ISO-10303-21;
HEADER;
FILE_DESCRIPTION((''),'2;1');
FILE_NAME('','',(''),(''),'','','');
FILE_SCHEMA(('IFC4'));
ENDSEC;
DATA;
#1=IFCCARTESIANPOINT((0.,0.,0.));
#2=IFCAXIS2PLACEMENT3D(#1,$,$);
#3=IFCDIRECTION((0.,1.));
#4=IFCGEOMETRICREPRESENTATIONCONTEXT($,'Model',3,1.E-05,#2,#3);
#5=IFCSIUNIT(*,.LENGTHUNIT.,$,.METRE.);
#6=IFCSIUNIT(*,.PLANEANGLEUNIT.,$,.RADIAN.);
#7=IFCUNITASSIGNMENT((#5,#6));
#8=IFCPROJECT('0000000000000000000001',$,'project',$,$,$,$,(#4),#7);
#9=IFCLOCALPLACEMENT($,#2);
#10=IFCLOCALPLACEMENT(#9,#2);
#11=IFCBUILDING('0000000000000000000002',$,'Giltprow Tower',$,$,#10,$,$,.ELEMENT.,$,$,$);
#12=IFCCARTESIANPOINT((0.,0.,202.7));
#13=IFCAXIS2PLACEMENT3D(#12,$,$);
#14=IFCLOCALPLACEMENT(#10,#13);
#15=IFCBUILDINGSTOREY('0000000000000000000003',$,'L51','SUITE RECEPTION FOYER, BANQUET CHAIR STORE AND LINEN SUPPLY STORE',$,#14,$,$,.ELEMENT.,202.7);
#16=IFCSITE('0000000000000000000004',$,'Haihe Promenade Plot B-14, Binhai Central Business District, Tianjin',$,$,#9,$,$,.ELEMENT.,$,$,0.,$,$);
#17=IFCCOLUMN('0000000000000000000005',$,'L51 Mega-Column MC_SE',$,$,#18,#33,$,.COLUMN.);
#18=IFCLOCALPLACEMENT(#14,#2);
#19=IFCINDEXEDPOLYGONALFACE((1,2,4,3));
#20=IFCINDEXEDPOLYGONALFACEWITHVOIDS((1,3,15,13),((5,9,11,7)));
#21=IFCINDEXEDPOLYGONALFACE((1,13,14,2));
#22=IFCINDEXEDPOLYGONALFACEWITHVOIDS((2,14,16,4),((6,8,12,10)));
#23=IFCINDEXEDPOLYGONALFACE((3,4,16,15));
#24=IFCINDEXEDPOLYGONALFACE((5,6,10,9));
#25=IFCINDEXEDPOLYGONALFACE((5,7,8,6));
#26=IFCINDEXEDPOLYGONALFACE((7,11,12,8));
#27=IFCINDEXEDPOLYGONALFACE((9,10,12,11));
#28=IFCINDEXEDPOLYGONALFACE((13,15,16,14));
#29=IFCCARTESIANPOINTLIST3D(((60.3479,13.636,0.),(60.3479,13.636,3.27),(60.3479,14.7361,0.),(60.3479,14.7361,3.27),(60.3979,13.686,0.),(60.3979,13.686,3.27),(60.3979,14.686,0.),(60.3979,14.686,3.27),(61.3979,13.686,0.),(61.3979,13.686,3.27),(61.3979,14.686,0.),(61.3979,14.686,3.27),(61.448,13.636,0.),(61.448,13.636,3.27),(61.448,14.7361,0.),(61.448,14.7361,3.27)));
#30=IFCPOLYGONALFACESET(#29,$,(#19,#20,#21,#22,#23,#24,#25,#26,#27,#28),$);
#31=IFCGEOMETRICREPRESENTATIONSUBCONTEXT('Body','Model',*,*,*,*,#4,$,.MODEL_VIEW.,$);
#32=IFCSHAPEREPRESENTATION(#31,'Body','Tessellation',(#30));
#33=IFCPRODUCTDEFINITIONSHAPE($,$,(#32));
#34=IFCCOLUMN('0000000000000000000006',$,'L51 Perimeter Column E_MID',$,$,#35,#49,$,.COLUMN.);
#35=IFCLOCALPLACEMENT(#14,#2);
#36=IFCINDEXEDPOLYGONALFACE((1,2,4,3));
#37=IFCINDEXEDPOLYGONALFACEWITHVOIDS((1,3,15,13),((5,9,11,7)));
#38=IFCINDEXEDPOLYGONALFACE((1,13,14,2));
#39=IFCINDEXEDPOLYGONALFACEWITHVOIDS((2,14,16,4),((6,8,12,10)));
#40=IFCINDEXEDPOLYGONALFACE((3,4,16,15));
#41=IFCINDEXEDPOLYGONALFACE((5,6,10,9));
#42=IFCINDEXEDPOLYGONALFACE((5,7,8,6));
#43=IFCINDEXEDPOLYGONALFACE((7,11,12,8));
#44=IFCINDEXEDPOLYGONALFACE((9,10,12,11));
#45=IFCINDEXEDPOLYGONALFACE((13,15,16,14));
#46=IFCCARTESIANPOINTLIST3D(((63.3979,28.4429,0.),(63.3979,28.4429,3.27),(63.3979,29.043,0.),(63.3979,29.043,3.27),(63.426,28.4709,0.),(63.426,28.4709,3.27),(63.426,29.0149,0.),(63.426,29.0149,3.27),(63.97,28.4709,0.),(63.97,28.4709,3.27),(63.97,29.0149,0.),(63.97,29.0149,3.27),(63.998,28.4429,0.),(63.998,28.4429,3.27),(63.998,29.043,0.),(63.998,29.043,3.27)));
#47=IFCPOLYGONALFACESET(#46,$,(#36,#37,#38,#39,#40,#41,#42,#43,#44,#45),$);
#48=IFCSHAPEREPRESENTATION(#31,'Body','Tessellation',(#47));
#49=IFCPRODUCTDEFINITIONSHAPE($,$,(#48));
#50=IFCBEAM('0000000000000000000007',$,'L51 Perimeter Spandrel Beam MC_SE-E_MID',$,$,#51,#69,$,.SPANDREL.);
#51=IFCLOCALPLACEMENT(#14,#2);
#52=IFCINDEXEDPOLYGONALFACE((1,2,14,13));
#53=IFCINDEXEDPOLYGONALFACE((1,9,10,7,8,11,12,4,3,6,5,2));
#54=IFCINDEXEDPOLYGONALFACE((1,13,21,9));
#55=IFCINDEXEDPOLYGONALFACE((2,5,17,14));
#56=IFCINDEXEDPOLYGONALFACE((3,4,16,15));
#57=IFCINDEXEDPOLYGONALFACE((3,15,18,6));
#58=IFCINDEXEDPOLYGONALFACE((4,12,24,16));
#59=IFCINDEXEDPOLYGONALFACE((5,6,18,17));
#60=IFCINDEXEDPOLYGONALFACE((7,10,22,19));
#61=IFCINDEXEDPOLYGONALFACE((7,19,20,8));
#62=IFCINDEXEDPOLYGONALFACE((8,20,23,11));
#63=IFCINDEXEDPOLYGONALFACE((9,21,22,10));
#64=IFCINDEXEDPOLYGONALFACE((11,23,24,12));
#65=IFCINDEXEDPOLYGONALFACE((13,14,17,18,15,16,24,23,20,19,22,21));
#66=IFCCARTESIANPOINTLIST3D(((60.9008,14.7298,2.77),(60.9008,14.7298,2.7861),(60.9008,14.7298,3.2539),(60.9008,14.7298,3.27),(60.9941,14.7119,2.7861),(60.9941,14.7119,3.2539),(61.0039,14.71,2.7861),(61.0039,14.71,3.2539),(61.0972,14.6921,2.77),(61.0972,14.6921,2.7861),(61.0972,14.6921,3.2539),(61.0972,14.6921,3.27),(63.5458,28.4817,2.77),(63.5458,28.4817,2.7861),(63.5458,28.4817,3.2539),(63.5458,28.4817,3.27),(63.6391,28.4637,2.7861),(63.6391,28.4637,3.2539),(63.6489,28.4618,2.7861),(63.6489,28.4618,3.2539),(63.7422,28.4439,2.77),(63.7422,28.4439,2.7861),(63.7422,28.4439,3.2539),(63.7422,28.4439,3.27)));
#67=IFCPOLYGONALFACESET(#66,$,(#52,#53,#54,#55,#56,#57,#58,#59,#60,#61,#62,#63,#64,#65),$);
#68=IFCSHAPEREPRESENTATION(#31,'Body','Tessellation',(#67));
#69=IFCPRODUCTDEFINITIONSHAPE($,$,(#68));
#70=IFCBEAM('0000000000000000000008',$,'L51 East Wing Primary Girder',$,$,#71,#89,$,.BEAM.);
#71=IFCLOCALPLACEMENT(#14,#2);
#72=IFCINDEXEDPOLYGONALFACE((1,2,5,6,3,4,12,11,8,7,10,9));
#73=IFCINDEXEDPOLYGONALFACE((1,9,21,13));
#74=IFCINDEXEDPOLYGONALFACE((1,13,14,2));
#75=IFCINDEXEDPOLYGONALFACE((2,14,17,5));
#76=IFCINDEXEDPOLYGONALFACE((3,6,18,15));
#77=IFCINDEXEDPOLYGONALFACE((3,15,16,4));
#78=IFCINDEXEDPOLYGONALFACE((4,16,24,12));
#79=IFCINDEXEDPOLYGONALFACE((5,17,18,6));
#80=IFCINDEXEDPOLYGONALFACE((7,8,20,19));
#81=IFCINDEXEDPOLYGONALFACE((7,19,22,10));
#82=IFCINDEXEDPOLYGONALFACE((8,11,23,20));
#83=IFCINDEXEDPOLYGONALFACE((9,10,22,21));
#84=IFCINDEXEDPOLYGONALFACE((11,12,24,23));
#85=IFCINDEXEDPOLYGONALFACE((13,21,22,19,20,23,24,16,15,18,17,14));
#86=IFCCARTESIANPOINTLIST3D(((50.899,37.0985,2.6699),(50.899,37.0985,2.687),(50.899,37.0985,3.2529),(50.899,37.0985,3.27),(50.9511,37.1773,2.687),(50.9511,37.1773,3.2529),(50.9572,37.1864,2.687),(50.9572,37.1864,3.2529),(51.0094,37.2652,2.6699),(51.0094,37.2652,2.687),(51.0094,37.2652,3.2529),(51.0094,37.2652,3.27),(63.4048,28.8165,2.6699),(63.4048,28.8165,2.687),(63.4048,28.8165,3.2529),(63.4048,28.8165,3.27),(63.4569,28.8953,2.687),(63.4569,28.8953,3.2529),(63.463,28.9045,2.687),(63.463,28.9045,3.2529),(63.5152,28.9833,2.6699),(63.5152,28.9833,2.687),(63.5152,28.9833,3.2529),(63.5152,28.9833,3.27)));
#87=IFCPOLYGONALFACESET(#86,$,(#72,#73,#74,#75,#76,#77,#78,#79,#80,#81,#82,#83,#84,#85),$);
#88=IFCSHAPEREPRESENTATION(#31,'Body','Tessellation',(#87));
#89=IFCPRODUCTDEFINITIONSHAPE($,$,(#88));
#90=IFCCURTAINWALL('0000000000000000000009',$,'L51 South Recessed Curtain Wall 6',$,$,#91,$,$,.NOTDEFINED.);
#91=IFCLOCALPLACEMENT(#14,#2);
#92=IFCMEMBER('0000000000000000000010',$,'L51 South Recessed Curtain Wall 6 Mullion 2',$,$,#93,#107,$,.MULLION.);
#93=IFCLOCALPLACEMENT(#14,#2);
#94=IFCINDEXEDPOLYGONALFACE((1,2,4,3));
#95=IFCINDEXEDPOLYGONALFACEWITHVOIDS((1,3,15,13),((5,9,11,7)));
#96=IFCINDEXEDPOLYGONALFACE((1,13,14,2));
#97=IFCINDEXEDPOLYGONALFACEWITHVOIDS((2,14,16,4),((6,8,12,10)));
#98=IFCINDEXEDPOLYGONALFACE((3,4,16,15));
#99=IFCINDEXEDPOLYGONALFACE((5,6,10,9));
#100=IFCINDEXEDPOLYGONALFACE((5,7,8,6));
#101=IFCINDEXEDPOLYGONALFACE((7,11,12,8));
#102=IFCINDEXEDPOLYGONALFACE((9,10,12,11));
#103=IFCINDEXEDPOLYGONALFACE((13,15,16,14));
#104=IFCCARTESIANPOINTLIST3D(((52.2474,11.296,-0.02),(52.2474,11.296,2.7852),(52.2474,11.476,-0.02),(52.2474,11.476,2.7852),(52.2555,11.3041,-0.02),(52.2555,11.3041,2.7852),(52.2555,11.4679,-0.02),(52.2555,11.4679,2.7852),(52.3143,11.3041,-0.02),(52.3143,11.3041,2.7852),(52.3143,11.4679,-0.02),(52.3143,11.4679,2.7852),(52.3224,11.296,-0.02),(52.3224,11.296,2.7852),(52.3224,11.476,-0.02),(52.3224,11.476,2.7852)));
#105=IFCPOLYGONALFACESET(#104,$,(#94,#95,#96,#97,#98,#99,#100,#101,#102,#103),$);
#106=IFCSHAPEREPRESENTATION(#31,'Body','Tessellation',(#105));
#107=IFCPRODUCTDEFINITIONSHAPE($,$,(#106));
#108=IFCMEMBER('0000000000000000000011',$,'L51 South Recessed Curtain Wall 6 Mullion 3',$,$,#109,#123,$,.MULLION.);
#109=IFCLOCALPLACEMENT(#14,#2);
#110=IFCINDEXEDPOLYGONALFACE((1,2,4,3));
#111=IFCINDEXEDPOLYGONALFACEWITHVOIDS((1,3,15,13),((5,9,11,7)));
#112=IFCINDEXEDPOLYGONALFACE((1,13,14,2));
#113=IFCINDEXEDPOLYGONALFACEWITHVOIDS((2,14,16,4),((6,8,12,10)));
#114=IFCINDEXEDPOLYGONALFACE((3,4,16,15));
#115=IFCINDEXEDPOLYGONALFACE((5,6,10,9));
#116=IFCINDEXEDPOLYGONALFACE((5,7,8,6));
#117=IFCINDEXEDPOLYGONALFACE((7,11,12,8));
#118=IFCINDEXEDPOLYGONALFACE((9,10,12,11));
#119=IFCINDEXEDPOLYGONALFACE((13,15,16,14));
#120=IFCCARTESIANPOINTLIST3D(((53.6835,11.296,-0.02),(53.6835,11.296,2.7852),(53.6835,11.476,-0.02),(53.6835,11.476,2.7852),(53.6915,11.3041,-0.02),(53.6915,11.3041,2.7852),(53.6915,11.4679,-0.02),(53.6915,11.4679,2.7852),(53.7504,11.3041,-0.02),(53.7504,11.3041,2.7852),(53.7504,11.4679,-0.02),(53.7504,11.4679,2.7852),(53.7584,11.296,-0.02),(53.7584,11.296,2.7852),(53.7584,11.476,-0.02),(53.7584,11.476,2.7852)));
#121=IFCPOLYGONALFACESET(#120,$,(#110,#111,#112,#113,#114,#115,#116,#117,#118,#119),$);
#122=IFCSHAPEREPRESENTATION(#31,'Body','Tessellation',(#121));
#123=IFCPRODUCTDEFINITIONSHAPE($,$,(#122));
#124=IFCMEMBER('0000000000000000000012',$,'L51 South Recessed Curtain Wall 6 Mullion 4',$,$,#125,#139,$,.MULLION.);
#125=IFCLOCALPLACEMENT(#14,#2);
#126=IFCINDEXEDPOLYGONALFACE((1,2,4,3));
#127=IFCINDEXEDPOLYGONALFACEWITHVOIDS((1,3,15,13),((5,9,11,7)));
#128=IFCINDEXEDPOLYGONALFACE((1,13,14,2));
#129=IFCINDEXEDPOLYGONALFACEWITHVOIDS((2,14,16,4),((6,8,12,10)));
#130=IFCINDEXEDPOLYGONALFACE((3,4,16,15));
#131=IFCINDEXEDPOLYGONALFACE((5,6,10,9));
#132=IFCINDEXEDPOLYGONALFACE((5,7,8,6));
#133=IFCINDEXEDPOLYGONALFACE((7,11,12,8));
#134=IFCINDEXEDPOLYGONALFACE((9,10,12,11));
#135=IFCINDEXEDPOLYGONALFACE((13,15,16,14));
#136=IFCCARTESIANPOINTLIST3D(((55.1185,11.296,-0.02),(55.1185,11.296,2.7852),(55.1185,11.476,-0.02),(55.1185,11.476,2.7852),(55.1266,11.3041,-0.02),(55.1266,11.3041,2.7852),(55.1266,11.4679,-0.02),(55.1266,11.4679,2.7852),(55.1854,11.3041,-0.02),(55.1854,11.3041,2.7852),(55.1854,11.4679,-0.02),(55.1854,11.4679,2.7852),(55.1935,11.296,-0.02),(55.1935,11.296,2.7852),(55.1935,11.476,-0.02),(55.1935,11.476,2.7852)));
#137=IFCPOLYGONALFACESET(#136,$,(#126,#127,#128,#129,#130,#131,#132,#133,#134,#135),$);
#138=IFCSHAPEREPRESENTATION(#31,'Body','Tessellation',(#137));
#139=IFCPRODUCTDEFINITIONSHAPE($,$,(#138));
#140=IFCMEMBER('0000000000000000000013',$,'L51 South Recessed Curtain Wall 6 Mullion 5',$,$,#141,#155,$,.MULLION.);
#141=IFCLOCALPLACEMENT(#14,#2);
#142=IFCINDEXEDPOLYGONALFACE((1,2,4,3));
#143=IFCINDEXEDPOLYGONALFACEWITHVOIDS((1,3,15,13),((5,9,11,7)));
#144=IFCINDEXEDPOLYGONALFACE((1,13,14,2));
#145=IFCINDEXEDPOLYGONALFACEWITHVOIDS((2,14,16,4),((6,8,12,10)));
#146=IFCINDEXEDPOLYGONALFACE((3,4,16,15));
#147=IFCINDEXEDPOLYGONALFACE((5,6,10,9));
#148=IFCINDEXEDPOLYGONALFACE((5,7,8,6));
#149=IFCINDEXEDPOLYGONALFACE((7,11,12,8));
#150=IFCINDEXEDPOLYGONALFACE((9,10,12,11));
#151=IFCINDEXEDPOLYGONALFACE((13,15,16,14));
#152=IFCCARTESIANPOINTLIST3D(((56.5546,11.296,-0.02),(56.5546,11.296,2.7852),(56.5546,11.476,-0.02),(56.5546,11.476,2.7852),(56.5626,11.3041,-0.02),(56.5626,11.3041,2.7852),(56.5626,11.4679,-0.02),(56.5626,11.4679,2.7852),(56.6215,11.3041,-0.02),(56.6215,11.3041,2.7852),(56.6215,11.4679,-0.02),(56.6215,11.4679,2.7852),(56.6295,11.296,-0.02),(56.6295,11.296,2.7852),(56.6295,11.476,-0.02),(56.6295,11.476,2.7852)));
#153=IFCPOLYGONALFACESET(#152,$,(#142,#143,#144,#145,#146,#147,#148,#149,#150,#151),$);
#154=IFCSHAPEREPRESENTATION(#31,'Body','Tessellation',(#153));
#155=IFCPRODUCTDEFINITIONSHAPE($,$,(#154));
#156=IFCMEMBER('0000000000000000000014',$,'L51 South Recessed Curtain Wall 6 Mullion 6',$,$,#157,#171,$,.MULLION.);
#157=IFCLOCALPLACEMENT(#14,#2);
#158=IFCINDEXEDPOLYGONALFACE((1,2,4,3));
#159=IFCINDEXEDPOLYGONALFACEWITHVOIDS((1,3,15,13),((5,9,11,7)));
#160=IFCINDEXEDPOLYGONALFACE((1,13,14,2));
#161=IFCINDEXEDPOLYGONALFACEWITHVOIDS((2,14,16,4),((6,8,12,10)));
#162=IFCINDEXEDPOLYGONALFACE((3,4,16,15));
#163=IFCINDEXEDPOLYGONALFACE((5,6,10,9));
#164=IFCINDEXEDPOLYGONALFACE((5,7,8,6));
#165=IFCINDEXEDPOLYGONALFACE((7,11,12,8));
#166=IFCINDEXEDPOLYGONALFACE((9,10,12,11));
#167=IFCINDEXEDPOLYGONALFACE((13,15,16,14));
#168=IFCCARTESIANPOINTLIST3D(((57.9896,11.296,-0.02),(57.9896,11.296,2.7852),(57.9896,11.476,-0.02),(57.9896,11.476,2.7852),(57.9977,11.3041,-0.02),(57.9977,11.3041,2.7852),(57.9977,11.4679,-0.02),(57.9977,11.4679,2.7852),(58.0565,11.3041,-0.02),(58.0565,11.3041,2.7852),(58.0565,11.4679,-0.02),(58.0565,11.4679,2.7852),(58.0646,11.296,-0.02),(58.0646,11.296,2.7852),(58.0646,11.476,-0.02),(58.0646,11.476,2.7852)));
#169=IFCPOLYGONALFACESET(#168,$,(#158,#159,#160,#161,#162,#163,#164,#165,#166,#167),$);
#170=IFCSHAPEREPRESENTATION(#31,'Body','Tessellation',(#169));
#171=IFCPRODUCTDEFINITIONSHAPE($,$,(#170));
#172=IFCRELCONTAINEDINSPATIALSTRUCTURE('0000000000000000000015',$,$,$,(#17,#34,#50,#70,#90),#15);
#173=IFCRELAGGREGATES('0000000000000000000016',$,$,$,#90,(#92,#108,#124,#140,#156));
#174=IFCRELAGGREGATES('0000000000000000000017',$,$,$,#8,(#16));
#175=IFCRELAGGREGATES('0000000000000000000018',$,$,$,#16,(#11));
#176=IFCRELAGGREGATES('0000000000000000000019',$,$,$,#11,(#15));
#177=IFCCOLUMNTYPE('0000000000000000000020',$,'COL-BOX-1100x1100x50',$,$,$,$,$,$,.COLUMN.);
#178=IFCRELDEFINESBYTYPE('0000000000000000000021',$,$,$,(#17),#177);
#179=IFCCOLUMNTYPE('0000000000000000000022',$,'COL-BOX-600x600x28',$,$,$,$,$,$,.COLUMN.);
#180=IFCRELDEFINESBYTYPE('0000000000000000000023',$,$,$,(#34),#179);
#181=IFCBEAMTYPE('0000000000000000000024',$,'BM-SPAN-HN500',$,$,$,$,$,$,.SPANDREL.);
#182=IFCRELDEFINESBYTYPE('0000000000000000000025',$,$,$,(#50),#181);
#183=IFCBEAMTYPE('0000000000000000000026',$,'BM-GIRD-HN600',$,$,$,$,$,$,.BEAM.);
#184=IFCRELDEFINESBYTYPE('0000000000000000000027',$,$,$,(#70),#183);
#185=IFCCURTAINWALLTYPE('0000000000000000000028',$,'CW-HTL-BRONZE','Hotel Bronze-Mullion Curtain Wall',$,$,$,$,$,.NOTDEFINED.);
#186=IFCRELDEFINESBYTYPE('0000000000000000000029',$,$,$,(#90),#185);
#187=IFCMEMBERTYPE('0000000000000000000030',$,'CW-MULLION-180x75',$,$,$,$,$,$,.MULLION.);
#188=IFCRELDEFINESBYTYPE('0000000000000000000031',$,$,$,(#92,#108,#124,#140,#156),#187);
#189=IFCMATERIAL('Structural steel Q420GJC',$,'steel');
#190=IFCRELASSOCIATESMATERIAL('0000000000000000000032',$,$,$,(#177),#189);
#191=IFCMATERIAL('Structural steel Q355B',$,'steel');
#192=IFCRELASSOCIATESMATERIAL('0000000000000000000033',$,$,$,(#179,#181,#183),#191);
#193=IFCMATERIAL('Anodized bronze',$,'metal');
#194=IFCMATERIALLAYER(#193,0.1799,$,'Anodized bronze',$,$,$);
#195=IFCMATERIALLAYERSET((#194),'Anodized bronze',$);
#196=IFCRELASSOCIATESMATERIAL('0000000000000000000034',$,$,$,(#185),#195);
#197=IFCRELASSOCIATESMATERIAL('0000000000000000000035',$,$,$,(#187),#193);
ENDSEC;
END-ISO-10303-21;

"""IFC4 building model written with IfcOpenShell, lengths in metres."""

from ifc_helpers import new_model, si_unit, direction, frame, origin, origin_2d, place, context, subcontext, project, spatial, hollow_rectangle, i_section, extrude, source, transform, mapped, material, layer, layer_set, material_profile, profile_set, type_object, element, aggregate, save


model = new_model("IFC4")

# Units and contexts
model_context = context("Model", 3, precision=1e-05, world=origin(), true_north=direction((0.0, 1.0)))
body_context = subcontext(model_context, "Body", "Model", "MODEL_VIEW")
ifc_project = project(units=[si_unit("LENGTHUNIT", "METRE"), si_unit("PLANEANGLEUNIT", "RADIAN")], contexts=[model_context])

# Site, building, storey
site_placement = place(None, origin())
site = spatial("IfcSite", under=ifc_project, at=site_placement, Name="Haihe Promenade Plot B-14, Binhai Central Business District, Tianjin", CompositionType="ELEMENT", RefElevation=0.0)
building_placement = place(site_placement, origin())
building = spatial("IfcBuilding", under=site, at=building_placement, Name="Giltprow Tower", CompositionType="ELEMENT")
storey_placement = place(building_placement, frame((0.0, 0.0, 202.7)))
storey = spatial("IfcBuildingStorey", under=building, at=storey_placement, Name="L51", Description="SUITE RECEPTION FOYER, BANQUET CHAIR STORE AND LINEN SUPPLY STORE", CompositionType="ELEMENT", Elevation=202.7)

# Columns
ifc_material_1 = material(Name="Structural steel Q420GJC", Category="steel")
ifc_material_profile_1 = material_profile(ifc_material_1, hollow_rectangle(XDim=1.1001, YDim=1.1001, WallThickness=0.05, at=origin_2d()), Name="BOX 1100x1100x50")
ifc_profile_set_1 = profile_set([ifc_material_profile_1], Name="Structural steel Q420GJC")
column_type_1 = type_object("IfcColumnType", Name="COL-BOX-1100x1100x50", PredefinedType="COLUMN", material=ifc_profile_set_1)
shared_shape_1 = source(origin(), body_context, "Body", "SweptSolid", [
    extrude(hollow_rectangle(XDim=1.1001, YDim=1.1001, WallThickness=0.05, at=origin_2d()), origin(), (0.0, 0.0, 1.0), 3.27),
])
column_1_placement = place(storey_placement, frame((60.8979, 14.186, 0.0), z_axis=(0.0, 0.0, 1.0), x_axis=(1.0, 0.0, 0.0)))
element("IfcColumn", 1, at=column_1_placement, inside=storey, type_object=column_type_1, Name="L51 Mega-Column MC_SE", PredefinedType="COLUMN", context=body_context, shape_type="MappedRepresentation", body=[
    mapped(shared_shape_1, transform((0.0, 0.0, 0.0), x_axis=(1.0, 0.0, 0.0), y_axis=(0.0, 1.0, 0.0), z_axis=(0.0, 0.0, 1.0), scale=1.0)),
])
ifc_material_2 = material(Name="Structural steel Q355B", Category="steel")
ifc_material_profile_2 = material_profile(ifc_material_2, hollow_rectangle(XDim=0.6001, YDim=0.6001, WallThickness=0.0281, at=origin_2d()), Name="BOX 600x600x28")
ifc_profile_set_2 = profile_set([ifc_material_profile_2], Name="Structural steel Q355B")
column_type_2 = type_object("IfcColumnType", Name="COL-BOX-600x600x28", PredefinedType="COLUMN", material=ifc_profile_set_2)
shared_shape_2 = source(origin(), body_context, "Body", "SweptSolid", [
    extrude(hollow_rectangle(XDim=0.6001, YDim=0.6001, WallThickness=0.0281, at=origin_2d()), origin(), (0.0, 0.0, 1.0), 3.27),
])
column_2_placement = place(storey_placement, frame((63.698, 28.7429, 0.0), z_axis=(0.0, 0.0, 1.0), x_axis=(1.0, 0.0, 0.0)))
element("IfcColumn", 2, at=column_2_placement, inside=storey, type_object=column_type_2, Name="L51 Perimeter Column E_MID", PredefinedType="COLUMN", context=body_context, shape_type="MappedRepresentation", body=[
    mapped(shared_shape_2, transform((0.0, 0.0, 0.0), x_axis=(1.0, 0.0, 0.0), y_axis=(0.0, 1.0, 0.0), z_axis=(0.0, 0.0, 1.0), scale=1.0)),
])

# Beams
ifc_material_profile_3 = material_profile(ifc_material_2, i_section(OverallWidth=0.2, OverallDepth=0.5, WebThickness=0.01, FlangeThickness=0.0161, at=origin_2d()), Name="HN 500x200x10x16")
ifc_profile_set_3 = profile_set([ifc_material_profile_3], Name="Structural steel Q355B")
beam_type_1 = type_object("IfcBeamType", Name="BM-SPAN-HN500", PredefinedType="SPANDREL", material=ifc_profile_set_3)
shared_shape_3 = source(origin(), body_context, "Body", "SweptSolid", [
    extrude(i_section(OverallWidth=0.2, OverallDepth=0.5, WebThickness=0.01, FlangeThickness=0.0161, at=origin_2d()), origin(), (0.0, 0.0, 1.0), 14.0039),
])
beam_1_placement = place(storey_placement, frame((60.999, 14.7109, 3.02), z_axis=(0.188876, 0.982001, 0.0), x_axis=(-0.982001, 0.188876, 0.0)))
element("IfcBeam", 3, at=beam_1_placement, inside=storey, type_object=beam_type_1, Name="L51 Perimeter Spandrel Beam MC_SE-E_MID", PredefinedType="SPANDREL", context=body_context, shape_type="MappedRepresentation", body=[
    mapped(shared_shape_3, transform((0.0, 0.0, 0.0), x_axis=(1.0, 0.0, 0.0), y_axis=(0.0, 1.0, 0.0), z_axis=(0.0, 0.0, 1.0), scale=1.0)),
])
ifc_material_profile_4 = material_profile(ifc_material_2, i_section(OverallWidth=0.2, OverallDepth=0.6001, WebThickness=0.011, FlangeThickness=0.0171, at=origin_2d()), Name="HN 600x200x11x17")
ifc_profile_set_4 = profile_set([ifc_material_profile_4], Name="Structural steel Q355B")
beam_type_2 = type_object("IfcBeamType", Name="BM-GIRD-HN600", PredefinedType="BEAM", material=ifc_profile_set_4)
shared_shape_4 = source(origin(), body_context, "Body", "SweptSolid", [
    extrude(i_section(OverallWidth=0.2, OverallDepth=0.6001, WebThickness=0.011, FlangeThickness=0.0171, at=origin_2d()), origin(), (0.0, 0.0, 1.0), 14.9995),
])
beam_2_placement = place(storey_placement, frame((63.46, 28.8999, 2.97), z_axis=(-0.833747, 0.552147, 0.0), x_axis=(-0.552147, -0.833747, 0.0)))
element("IfcBeam", 4, at=beam_2_placement, inside=storey, type_object=beam_type_2, Name="L51 East Wing Primary Girder", PredefinedType="BEAM", context=body_context, shape_type="MappedRepresentation", body=[
    mapped(shared_shape_4, transform((0.0, 0.0, 0.0), x_axis=(1.0, 0.0, 0.0), y_axis=(0.0, 1.0, 0.0), z_axis=(0.0, 0.0, 1.0), scale=1.0)),
])

# Curtain wall, members
ifc_material_3 = material(Name="Anodized bronze", Category="metal")
ifc_layer_1 = layer(ifc_material_3, 0.1799, Name="Anodized bronze")
ifc_layer_set_1 = layer_set([ifc_layer_1], Name="Anodized bronze")
curtain_wall_type = type_object("IfcCurtainWallType", Name="CW-HTL-BRONZE", Description="Hotel Bronze-Mullion Curtain Wall", PredefinedType="NOTDEFINED", material=ifc_layer_set_1)
curtain_wall_placement = place(storey_placement, origin())
curtain_wall = element("IfcCurtainWall", 5, at=curtain_wall_placement, inside=storey, type_object=curtain_wall_type, Name="L51 South Recessed Curtain Wall 6", PredefinedType="NOTDEFINED")
ifc_material_profile_5 = material_profile(ifc_material_3, hollow_rectangle(XDim=0.075, YDim=0.1799, WallThickness=0.0081, at=origin_2d()), Name="RHS 180x75x8")
ifc_profile_set_5 = profile_set([ifc_material_profile_5], Name="Anodized bronze")
member_type_1 = type_object("IfcMemberType", Name="CW-MULLION-180x75", PredefinedType="MULLION", material=ifc_profile_set_5)
shared_shape_5 = source(origin(), body_context, "Body", "SweptSolid", [
    extrude(hollow_rectangle(XDim=0.075, YDim=0.1799, WallThickness=0.0081, at=origin_2d()), origin(), (0.0, 0.0, 1.0), 2.8052),
])
member_1_placement = place(storey_placement, frame((52.2849, 11.386, -0.02), z_axis=(0.0, 0.0, 1.0), x_axis=(1.0, 0.0, 0.0)))
member_1 = element("IfcMember", 6, at=member_1_placement, type_object=member_type_1, Name="L51 South Recessed Curtain Wall 6 Mullion 2", PredefinedType="MULLION", context=body_context, shape_type="MappedRepresentation", body=[
    mapped(shared_shape_5, transform((0.0, 0.0, 0.0), x_axis=(1.0, 0.0, 0.0), y_axis=(0.0, 1.0, 0.0), z_axis=(0.0, 0.0, 1.0), scale=1.0)),
])
member_2_placement = place(storey_placement, frame((53.7209, 11.386, -0.02), z_axis=(0.0, 0.0, 1.0), x_axis=(1.0, 0.0, 0.0)))
member_2 = element("IfcMember", 7, at=member_2_placement, type_object=member_type_1, Name="L51 South Recessed Curtain Wall 6 Mullion 3", PredefinedType="MULLION", context=body_context, shape_type="MappedRepresentation", body=[
    mapped(shared_shape_5, transform((0.0, 0.0, 0.0), x_axis=(1.0, 0.0, 0.0), y_axis=(0.0, 1.0, 0.0), z_axis=(0.0, 0.0, 1.0), scale=1.0)),
])
member_3_placement = place(storey_placement, frame((55.156, 11.386, -0.02), z_axis=(0.0, 0.0, 1.0), x_axis=(1.0, 0.0, 0.0)))
member_3 = element("IfcMember", 8, at=member_3_placement, type_object=member_type_1, Name="L51 South Recessed Curtain Wall 6 Mullion 4", PredefinedType="MULLION", context=body_context, shape_type="MappedRepresentation", body=[
    mapped(shared_shape_5, transform((0.0, 0.0, 0.0), x_axis=(1.0, 0.0, 0.0), y_axis=(0.0, 1.0, 0.0), z_axis=(0.0, 0.0, 1.0), scale=1.0)),
])
member_4_placement = place(storey_placement, frame((56.592, 11.386, -0.02), z_axis=(0.0, 0.0, 1.0), x_axis=(1.0, 0.0, 0.0)))
member_4 = element("IfcMember", 9, at=member_4_placement, type_object=member_type_1, Name="L51 South Recessed Curtain Wall 6 Mullion 5", PredefinedType="MULLION", context=body_context, shape_type="MappedRepresentation", body=[
    mapped(shared_shape_5, transform((0.0, 0.0, 0.0), x_axis=(1.0, 0.0, 0.0), y_axis=(0.0, 1.0, 0.0), z_axis=(0.0, 0.0, 1.0), scale=1.0)),
])
member_5_placement = place(storey_placement, frame((58.0271, 11.386, -0.02), z_axis=(0.0, 0.0, 1.0), x_axis=(1.0, 0.0, 0.0)))
member_5 = element("IfcMember", 10, at=member_5_placement, type_object=member_type_1, Name="L51 South Recessed Curtain Wall 6 Mullion 6", PredefinedType="MULLION", context=body_context, shape_type="MappedRepresentation", body=[
    mapped(shared_shape_5, transform((0.0, 0.0, 0.0), x_axis=(1.0, 0.0, 0.0), y_axis=(0.0, 1.0, 0.0), z_axis=(0.0, 0.0, 1.0), scale=1.0)),
])
aggregate(curtain_wall, [member_1, member_2, member_3, member_4, member_5])

save(model, "model.ifc")
